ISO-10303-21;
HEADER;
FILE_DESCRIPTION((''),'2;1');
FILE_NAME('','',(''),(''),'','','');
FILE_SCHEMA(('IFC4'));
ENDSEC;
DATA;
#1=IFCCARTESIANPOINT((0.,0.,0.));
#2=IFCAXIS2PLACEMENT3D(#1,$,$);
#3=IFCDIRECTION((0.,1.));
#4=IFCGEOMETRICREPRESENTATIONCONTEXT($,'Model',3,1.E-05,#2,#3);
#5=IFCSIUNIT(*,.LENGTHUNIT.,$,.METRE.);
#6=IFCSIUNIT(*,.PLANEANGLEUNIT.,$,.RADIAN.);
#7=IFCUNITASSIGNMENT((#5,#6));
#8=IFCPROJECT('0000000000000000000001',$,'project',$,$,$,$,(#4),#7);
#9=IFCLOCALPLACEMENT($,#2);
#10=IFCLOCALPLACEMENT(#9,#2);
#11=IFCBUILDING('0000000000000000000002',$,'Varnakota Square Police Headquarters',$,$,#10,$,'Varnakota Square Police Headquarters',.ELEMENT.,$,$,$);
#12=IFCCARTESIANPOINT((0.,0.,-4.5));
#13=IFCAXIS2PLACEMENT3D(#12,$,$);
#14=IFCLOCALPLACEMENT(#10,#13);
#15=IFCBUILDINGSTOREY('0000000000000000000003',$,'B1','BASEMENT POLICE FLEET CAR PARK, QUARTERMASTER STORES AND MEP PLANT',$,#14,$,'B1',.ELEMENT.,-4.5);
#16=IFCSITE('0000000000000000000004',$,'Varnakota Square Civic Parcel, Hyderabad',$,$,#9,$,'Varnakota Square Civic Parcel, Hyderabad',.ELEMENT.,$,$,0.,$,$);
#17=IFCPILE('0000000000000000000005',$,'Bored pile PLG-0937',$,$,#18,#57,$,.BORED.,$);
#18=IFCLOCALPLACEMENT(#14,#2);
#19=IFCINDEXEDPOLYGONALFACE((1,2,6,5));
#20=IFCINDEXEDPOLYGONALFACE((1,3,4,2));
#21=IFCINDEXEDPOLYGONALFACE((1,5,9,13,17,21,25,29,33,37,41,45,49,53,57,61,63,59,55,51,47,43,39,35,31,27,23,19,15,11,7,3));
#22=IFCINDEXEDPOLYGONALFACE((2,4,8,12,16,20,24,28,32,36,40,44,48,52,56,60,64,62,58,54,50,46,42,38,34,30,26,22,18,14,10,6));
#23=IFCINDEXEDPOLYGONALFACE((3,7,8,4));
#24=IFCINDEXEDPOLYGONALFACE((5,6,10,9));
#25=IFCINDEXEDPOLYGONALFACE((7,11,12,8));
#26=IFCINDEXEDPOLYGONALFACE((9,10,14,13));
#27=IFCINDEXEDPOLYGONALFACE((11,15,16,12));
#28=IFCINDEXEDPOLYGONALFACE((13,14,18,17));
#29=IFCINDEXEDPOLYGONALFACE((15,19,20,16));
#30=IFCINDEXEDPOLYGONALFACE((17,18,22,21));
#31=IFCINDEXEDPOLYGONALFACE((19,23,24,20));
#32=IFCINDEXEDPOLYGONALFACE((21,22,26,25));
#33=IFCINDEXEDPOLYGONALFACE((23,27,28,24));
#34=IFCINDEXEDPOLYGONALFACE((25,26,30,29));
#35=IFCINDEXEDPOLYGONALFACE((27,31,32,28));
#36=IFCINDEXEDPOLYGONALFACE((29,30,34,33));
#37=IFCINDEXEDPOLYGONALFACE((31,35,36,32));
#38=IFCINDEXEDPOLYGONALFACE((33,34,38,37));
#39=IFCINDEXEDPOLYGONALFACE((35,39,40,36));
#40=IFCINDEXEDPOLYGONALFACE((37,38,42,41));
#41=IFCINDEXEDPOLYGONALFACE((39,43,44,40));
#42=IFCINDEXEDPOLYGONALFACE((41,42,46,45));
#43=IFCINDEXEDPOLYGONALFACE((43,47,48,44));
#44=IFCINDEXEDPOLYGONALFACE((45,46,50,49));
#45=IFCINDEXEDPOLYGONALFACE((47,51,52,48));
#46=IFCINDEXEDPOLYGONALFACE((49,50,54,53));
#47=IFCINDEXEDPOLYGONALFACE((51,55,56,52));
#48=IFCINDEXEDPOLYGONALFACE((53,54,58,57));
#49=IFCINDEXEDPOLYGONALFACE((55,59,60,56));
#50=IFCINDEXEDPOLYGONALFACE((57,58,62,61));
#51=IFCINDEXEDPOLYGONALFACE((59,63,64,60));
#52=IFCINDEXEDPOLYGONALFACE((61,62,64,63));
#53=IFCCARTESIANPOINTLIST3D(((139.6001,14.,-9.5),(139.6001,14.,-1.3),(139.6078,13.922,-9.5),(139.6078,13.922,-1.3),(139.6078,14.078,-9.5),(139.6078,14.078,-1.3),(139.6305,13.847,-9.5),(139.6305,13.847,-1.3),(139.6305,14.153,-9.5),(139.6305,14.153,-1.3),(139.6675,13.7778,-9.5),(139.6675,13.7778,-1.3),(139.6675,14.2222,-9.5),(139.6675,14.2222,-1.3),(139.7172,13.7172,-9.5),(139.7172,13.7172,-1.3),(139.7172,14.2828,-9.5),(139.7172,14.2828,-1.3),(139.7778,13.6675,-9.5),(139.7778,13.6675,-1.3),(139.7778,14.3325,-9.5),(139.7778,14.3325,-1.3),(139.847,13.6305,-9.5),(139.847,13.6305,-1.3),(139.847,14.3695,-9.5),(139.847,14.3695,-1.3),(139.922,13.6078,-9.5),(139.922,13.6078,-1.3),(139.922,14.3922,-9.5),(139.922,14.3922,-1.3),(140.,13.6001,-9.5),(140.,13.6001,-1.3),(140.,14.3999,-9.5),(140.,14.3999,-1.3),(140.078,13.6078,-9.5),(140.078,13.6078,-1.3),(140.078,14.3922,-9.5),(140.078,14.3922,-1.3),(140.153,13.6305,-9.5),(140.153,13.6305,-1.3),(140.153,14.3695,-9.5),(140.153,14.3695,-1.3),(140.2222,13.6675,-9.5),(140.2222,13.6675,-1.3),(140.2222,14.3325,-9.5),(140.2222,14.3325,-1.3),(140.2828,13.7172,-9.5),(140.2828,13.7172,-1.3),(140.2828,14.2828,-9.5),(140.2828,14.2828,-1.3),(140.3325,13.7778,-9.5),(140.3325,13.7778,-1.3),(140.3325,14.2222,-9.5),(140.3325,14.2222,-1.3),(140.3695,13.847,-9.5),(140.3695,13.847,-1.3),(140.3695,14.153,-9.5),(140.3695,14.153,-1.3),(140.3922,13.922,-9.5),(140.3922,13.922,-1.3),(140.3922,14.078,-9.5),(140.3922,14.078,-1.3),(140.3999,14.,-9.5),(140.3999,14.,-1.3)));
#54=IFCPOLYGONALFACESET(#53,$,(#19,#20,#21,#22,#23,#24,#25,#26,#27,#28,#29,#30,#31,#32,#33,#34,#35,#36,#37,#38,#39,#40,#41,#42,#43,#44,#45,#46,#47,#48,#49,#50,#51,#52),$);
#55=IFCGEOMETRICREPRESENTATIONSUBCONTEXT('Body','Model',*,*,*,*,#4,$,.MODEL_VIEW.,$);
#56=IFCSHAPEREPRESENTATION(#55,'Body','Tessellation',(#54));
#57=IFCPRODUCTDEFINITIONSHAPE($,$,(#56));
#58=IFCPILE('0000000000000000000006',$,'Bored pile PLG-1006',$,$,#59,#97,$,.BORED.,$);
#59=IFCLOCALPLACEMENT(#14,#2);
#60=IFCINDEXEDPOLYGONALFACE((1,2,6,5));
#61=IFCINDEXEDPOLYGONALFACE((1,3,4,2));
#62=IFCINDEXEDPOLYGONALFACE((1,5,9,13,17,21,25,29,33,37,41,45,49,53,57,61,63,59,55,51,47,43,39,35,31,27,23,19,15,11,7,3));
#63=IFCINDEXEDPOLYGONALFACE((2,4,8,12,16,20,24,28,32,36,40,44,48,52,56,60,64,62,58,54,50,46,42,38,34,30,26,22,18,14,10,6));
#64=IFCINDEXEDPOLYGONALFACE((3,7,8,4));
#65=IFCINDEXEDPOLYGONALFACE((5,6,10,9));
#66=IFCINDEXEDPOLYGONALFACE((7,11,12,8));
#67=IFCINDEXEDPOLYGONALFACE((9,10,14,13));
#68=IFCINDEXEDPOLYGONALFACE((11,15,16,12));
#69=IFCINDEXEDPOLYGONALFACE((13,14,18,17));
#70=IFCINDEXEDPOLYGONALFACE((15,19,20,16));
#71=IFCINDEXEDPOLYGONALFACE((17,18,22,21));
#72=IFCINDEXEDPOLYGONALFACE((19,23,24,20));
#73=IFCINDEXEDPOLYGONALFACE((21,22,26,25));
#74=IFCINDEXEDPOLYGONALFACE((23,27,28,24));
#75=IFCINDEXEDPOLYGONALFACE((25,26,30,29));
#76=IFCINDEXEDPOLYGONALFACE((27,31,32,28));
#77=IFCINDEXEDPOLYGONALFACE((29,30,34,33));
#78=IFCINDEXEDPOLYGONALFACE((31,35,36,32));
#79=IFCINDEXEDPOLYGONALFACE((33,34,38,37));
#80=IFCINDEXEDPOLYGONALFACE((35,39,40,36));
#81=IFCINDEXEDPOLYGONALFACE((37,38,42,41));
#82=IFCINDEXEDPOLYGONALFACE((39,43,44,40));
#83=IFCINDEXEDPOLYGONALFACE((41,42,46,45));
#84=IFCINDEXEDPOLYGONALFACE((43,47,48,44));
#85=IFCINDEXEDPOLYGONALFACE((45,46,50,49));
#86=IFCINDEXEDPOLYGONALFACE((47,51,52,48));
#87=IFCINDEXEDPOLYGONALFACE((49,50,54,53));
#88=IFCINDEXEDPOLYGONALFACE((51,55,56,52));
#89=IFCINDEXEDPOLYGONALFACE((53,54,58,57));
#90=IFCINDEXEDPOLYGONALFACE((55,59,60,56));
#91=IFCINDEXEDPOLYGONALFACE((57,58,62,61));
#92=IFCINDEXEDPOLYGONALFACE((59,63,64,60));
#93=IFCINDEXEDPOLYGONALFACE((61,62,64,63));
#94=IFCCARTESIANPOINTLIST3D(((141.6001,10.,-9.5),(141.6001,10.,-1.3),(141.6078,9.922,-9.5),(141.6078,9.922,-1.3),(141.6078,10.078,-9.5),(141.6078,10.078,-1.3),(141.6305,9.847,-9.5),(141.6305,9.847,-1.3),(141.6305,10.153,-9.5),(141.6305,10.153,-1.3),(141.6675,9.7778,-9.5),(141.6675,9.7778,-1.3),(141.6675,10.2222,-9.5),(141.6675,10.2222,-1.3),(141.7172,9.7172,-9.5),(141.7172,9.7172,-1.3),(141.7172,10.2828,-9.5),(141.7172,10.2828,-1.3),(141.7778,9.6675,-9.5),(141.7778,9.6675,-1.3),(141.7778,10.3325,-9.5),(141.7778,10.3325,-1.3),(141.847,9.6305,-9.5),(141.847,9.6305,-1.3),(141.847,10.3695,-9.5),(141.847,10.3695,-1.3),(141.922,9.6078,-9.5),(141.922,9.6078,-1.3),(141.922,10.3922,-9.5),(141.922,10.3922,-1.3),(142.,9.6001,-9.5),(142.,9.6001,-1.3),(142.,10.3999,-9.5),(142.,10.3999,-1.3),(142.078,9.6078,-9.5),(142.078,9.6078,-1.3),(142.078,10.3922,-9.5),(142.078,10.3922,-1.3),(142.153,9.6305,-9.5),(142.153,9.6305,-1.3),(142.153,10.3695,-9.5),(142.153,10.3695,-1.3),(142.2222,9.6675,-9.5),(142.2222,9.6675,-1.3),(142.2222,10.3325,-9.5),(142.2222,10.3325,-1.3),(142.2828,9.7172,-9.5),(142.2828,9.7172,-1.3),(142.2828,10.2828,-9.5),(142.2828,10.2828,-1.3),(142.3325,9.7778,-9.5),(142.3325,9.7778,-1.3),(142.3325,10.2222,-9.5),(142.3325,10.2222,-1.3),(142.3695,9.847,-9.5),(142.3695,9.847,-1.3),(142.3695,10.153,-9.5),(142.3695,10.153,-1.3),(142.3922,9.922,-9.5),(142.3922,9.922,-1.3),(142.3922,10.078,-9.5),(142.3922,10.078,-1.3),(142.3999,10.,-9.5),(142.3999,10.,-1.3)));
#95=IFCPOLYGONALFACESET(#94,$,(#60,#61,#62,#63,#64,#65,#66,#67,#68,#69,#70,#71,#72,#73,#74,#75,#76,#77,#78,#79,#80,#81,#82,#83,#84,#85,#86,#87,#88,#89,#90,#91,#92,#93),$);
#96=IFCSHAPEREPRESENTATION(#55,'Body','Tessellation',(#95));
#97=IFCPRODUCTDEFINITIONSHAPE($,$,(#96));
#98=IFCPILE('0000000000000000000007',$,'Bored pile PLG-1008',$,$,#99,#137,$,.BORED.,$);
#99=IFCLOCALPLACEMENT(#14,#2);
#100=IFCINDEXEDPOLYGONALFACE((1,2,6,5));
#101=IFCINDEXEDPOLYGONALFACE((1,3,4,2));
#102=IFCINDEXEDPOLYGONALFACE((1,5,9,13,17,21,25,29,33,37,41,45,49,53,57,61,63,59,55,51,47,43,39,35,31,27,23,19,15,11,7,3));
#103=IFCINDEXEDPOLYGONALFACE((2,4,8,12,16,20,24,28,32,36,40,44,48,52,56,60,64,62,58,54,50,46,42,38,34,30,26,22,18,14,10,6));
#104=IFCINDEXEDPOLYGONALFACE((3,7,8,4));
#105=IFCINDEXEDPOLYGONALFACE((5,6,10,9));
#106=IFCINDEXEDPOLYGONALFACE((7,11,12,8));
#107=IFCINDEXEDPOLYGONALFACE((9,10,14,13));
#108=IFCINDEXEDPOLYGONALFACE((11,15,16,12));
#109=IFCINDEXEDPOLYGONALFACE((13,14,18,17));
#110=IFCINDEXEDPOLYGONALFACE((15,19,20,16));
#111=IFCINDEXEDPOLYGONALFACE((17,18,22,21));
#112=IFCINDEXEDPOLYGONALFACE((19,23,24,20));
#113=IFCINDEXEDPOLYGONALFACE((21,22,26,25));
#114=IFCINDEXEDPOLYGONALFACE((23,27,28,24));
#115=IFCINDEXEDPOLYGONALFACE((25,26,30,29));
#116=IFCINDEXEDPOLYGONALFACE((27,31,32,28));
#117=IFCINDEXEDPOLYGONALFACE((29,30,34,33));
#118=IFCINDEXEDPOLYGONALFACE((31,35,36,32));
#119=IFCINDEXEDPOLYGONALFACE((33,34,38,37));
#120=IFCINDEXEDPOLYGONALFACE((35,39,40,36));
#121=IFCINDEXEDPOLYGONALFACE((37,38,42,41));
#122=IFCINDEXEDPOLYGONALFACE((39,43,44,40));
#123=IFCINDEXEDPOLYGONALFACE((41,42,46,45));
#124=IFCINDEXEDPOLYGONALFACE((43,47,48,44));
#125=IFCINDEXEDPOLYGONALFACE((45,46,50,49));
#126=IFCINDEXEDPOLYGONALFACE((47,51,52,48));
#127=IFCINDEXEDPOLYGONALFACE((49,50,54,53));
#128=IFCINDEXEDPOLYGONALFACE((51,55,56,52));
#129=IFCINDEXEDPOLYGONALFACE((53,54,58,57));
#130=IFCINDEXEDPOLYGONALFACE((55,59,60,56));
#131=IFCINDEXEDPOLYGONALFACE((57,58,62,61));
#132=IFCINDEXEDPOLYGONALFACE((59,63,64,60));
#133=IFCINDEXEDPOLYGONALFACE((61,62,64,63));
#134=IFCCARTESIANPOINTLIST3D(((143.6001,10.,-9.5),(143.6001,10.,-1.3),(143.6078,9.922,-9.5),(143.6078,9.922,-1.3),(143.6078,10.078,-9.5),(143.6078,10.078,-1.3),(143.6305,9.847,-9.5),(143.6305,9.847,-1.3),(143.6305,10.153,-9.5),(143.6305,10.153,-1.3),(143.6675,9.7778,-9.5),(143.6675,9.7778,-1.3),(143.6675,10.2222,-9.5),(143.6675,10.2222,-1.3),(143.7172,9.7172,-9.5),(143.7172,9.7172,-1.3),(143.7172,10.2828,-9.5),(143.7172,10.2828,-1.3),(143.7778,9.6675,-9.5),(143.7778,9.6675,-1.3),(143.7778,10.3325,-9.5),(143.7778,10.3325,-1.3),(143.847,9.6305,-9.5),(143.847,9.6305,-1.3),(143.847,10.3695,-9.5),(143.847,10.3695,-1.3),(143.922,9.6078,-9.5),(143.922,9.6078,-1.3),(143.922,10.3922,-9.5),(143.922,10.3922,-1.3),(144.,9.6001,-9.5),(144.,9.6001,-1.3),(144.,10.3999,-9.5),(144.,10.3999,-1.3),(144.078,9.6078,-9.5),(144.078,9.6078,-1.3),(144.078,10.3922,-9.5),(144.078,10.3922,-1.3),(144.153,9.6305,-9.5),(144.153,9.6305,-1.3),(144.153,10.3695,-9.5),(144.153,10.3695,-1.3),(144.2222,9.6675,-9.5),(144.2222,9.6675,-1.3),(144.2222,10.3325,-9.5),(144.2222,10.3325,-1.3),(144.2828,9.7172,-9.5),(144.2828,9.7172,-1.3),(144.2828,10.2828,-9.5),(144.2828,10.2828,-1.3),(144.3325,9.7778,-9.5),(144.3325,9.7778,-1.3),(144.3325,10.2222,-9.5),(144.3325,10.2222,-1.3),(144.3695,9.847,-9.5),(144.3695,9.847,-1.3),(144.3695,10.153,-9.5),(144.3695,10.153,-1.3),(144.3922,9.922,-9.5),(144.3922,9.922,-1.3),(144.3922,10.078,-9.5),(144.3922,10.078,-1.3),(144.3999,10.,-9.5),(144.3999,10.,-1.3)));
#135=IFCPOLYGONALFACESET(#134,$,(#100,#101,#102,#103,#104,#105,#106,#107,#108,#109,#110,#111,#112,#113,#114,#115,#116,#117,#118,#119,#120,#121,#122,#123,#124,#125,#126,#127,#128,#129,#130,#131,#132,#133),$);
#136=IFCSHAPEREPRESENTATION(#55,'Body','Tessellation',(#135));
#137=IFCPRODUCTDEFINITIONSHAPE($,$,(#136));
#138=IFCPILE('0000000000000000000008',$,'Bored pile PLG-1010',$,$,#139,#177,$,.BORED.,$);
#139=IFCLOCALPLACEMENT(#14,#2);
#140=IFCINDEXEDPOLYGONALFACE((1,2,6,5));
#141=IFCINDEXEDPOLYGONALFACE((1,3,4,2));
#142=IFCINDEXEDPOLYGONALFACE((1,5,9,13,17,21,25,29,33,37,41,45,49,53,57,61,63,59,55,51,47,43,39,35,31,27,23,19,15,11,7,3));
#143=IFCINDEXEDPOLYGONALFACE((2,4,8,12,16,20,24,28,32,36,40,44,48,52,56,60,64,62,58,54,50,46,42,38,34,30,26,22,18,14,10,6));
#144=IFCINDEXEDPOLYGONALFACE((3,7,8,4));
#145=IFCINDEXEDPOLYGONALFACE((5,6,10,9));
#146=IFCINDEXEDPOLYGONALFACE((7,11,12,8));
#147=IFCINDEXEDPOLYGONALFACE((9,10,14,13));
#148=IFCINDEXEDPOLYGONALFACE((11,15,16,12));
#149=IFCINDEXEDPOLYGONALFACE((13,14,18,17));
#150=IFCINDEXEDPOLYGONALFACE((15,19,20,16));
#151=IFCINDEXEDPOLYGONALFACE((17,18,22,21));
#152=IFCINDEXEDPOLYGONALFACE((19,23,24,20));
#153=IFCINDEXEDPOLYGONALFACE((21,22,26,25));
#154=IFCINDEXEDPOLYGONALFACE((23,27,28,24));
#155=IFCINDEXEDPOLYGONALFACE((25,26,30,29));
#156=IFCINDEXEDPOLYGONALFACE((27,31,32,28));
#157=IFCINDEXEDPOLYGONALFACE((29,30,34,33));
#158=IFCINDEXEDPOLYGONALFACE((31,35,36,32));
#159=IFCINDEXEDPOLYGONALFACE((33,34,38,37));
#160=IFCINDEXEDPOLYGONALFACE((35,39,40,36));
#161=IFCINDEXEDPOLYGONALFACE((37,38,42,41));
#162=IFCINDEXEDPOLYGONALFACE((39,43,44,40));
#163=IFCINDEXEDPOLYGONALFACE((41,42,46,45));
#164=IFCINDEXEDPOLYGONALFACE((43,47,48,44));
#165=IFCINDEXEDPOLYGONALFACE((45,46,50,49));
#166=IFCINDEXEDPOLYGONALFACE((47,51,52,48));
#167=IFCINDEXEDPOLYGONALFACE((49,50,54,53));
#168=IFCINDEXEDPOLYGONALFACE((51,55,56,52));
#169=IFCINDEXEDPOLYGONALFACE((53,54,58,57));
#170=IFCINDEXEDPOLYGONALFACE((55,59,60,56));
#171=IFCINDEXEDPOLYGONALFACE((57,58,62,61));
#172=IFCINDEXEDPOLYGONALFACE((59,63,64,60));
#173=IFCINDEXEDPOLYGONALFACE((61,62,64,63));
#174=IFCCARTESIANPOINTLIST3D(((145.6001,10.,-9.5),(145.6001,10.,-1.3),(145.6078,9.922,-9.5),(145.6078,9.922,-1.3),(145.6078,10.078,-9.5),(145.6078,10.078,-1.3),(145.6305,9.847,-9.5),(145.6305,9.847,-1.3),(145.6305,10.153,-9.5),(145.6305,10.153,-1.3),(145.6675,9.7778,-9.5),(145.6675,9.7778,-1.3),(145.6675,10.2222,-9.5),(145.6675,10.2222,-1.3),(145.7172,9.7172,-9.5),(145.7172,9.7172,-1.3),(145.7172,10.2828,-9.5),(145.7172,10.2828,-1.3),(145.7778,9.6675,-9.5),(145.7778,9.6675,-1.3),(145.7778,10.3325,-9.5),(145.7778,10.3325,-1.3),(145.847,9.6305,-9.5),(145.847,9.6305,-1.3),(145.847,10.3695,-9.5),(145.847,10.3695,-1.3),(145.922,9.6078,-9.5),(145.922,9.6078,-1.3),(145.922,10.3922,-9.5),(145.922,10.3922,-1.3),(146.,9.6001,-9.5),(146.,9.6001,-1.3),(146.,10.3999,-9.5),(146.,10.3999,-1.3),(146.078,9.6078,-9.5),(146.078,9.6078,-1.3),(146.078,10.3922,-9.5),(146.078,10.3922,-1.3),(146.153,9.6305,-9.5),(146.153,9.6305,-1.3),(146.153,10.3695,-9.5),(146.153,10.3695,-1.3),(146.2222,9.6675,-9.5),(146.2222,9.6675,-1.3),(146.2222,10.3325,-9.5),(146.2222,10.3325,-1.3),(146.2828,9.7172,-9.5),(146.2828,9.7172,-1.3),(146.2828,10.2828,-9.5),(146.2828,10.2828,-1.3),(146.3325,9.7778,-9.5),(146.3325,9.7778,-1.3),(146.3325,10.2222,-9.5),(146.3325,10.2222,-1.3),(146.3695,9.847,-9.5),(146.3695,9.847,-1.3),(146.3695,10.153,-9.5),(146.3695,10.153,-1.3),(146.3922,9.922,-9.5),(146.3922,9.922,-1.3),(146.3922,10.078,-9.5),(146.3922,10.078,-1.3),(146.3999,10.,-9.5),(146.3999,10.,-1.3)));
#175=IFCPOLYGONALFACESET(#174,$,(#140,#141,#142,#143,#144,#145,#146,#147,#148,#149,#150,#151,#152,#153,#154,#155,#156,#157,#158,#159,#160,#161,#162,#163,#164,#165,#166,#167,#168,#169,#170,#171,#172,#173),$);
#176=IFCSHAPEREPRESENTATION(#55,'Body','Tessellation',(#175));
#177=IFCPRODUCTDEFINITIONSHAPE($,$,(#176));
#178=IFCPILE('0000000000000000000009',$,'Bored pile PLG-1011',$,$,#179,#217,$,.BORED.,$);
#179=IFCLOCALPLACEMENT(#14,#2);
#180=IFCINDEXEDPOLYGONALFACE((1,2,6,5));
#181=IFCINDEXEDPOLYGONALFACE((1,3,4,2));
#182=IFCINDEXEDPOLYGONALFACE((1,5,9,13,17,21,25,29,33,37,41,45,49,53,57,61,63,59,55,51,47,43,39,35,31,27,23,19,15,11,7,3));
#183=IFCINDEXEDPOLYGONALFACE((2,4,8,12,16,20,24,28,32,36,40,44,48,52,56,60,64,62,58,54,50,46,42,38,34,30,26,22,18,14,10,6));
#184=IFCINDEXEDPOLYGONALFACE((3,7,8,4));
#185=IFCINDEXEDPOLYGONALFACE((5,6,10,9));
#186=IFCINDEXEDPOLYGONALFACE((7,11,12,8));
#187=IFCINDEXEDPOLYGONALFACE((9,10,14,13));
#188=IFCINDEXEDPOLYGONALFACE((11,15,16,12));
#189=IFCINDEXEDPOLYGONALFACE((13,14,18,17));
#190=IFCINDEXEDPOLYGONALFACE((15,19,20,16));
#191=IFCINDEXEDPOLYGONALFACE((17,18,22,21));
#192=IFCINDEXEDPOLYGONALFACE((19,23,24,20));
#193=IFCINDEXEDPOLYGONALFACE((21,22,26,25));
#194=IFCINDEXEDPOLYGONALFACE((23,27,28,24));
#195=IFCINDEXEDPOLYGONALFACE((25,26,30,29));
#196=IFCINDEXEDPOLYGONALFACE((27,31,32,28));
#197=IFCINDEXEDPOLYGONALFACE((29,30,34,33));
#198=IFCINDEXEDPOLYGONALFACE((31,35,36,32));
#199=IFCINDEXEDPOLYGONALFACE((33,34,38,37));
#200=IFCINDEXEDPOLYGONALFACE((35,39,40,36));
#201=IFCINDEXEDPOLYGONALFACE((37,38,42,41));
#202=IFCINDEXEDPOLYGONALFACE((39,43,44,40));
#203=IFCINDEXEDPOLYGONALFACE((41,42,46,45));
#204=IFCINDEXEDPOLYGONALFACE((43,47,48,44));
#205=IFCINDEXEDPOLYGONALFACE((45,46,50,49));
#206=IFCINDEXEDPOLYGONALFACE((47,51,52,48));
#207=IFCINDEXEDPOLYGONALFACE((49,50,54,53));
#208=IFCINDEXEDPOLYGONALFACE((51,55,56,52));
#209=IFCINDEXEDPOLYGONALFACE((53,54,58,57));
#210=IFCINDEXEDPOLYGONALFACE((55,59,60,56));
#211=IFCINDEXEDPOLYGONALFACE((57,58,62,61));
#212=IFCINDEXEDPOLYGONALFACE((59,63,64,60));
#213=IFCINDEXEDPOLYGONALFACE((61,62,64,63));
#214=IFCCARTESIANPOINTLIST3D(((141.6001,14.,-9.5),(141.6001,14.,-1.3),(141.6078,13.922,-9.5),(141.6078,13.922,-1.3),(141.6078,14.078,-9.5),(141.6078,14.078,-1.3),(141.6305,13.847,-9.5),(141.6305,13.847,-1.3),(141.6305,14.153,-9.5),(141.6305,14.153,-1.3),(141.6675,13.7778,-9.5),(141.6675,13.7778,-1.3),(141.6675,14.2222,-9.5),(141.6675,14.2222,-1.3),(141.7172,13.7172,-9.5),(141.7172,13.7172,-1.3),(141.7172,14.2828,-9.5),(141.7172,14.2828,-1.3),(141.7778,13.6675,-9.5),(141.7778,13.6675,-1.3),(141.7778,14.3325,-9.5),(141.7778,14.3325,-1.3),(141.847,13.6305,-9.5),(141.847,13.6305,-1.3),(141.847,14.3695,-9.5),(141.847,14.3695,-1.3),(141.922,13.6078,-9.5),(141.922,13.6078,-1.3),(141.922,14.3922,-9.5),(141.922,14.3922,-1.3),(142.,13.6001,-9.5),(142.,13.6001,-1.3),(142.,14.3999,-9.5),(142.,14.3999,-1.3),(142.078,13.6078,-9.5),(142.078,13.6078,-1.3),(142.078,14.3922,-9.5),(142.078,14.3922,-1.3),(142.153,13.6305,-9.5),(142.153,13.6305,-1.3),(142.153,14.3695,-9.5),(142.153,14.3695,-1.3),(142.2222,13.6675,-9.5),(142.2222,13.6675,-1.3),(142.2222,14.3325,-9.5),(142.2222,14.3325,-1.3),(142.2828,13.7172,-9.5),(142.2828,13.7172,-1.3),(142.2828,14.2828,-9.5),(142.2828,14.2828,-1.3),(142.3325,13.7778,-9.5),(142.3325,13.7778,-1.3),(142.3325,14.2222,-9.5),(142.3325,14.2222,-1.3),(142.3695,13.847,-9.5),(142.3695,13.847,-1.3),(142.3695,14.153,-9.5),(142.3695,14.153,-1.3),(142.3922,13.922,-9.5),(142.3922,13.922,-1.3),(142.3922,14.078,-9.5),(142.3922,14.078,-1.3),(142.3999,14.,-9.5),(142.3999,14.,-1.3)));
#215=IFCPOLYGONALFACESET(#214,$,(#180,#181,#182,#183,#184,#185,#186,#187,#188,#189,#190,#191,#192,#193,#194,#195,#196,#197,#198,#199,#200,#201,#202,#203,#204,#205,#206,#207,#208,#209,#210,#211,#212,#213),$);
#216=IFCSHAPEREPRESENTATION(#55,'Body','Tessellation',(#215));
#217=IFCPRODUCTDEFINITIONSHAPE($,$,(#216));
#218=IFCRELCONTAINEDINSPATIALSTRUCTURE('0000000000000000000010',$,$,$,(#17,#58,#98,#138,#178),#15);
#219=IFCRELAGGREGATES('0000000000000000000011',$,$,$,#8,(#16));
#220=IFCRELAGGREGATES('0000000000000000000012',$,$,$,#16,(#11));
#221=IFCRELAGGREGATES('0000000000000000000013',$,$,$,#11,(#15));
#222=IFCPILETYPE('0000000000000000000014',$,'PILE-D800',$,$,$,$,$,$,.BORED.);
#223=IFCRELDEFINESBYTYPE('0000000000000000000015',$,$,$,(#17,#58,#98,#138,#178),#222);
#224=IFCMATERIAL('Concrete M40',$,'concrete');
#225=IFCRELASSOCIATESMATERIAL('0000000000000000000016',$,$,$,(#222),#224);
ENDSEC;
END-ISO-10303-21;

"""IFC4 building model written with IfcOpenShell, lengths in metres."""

from ifc_helpers import new_model, si_unit, direction, frame, origin, origin_2d, place, context, subcontext, project, spatial, circle, extrude, material, material_profile, profile_set, type_object, element, save


model = new_model("IFC4")

# Units and contexts
model_context = context("Model", 3, precision=1e-05, world=origin(), true_north=direction((0.0, 1.0)))
body_context = subcontext(model_context, "Body", "Model", "MODEL_VIEW")
ifc_project = project(units=[si_unit("LENGTHUNIT", "METRE"), si_unit("PLANEANGLEUNIT", "RADIAN")], contexts=[model_context])

# Site, building, storey
site_placement = place(None, origin())
site = spatial("IfcSite", under=ifc_project, at=site_placement, Name="Varnakota Square Civic Parcel, Hyderabad", LongName="Varnakota Square Civic Parcel, Hyderabad", CompositionType="ELEMENT", RefElevation=0.0)
building_placement = place(site_placement, origin())
building = spatial("IfcBuilding", under=site, at=building_placement, Name="Varnakota Square Police Headquarters", LongName="Varnakota Square Police Headquarters", CompositionType="ELEMENT")
storey_placement = place(building_placement, frame((0.0, 0.0, -4.5)))
storey = spatial("IfcBuildingStorey", under=building, at=storey_placement, Name="B1", Description="BASEMENT POLICE FLEET CAR PARK, QUARTERMASTER STORES AND MEP PLANT", LongName="B1", CompositionType="ELEMENT", Elevation=-4.5)

# Shared definitions
ifc_material_1 = material(Name="Concrete M40", Category="concrete")

# Piles
ifc_material_profile_1 = material_profile(ifc_material_1, circle(Radius=0.3999, at=origin_2d()), Name="BORED PILE 800")
ifc_profile_set_1 = profile_set([ifc_material_profile_1], Name="Concrete M40")
pile_type = type_object("IfcPileType", Name="PILE-D800", PredefinedType="BORED", material=ifc_profile_set_1)
for number, where, z_axis, x_axis, name in (
    (1, (140.0, 14.0, -1.3), (0.0, 0.0, -1.0), (1.0, 0.0, 0.0), "Bored pile PLG-0937"),
    (2, (142.0, 10.0, -1.3), (0.0, 0.0, -1.0), (1.0, 0.0, 0.0), "Bored pile PLG-1006"),
    (3, (144.0, 10.0, -1.3), (0.0, 0.0, -1.0), (1.0, 0.0, 0.0), "Bored pile PLG-1008"),
    (4, (146.0, 10.0, -1.3), (0.0, 0.0, -1.0), (1.0, 0.0, 0.0), "Bored pile PLG-1010"),
    (5, (142.0, 14.0, -1.3), (0.0, 0.0, -1.0), (1.0, 0.0, 0.0), "Bored pile PLG-1011"),
):
    element("IfcPile", number, at=place(storey_placement, frame(where, z_axis=z_axis, x_axis=x_axis)), inside=storey, type_object=pile_type, Name=name, PredefinedType="BORED", context=body_context, shape_type="SweptSolid", body=[
        extrude(circle(Radius=0.3999, at=origin_2d()), origin(), (0.0, 0.0, 1.0), 8.2),
    ])

save(model, "model.ifc")
